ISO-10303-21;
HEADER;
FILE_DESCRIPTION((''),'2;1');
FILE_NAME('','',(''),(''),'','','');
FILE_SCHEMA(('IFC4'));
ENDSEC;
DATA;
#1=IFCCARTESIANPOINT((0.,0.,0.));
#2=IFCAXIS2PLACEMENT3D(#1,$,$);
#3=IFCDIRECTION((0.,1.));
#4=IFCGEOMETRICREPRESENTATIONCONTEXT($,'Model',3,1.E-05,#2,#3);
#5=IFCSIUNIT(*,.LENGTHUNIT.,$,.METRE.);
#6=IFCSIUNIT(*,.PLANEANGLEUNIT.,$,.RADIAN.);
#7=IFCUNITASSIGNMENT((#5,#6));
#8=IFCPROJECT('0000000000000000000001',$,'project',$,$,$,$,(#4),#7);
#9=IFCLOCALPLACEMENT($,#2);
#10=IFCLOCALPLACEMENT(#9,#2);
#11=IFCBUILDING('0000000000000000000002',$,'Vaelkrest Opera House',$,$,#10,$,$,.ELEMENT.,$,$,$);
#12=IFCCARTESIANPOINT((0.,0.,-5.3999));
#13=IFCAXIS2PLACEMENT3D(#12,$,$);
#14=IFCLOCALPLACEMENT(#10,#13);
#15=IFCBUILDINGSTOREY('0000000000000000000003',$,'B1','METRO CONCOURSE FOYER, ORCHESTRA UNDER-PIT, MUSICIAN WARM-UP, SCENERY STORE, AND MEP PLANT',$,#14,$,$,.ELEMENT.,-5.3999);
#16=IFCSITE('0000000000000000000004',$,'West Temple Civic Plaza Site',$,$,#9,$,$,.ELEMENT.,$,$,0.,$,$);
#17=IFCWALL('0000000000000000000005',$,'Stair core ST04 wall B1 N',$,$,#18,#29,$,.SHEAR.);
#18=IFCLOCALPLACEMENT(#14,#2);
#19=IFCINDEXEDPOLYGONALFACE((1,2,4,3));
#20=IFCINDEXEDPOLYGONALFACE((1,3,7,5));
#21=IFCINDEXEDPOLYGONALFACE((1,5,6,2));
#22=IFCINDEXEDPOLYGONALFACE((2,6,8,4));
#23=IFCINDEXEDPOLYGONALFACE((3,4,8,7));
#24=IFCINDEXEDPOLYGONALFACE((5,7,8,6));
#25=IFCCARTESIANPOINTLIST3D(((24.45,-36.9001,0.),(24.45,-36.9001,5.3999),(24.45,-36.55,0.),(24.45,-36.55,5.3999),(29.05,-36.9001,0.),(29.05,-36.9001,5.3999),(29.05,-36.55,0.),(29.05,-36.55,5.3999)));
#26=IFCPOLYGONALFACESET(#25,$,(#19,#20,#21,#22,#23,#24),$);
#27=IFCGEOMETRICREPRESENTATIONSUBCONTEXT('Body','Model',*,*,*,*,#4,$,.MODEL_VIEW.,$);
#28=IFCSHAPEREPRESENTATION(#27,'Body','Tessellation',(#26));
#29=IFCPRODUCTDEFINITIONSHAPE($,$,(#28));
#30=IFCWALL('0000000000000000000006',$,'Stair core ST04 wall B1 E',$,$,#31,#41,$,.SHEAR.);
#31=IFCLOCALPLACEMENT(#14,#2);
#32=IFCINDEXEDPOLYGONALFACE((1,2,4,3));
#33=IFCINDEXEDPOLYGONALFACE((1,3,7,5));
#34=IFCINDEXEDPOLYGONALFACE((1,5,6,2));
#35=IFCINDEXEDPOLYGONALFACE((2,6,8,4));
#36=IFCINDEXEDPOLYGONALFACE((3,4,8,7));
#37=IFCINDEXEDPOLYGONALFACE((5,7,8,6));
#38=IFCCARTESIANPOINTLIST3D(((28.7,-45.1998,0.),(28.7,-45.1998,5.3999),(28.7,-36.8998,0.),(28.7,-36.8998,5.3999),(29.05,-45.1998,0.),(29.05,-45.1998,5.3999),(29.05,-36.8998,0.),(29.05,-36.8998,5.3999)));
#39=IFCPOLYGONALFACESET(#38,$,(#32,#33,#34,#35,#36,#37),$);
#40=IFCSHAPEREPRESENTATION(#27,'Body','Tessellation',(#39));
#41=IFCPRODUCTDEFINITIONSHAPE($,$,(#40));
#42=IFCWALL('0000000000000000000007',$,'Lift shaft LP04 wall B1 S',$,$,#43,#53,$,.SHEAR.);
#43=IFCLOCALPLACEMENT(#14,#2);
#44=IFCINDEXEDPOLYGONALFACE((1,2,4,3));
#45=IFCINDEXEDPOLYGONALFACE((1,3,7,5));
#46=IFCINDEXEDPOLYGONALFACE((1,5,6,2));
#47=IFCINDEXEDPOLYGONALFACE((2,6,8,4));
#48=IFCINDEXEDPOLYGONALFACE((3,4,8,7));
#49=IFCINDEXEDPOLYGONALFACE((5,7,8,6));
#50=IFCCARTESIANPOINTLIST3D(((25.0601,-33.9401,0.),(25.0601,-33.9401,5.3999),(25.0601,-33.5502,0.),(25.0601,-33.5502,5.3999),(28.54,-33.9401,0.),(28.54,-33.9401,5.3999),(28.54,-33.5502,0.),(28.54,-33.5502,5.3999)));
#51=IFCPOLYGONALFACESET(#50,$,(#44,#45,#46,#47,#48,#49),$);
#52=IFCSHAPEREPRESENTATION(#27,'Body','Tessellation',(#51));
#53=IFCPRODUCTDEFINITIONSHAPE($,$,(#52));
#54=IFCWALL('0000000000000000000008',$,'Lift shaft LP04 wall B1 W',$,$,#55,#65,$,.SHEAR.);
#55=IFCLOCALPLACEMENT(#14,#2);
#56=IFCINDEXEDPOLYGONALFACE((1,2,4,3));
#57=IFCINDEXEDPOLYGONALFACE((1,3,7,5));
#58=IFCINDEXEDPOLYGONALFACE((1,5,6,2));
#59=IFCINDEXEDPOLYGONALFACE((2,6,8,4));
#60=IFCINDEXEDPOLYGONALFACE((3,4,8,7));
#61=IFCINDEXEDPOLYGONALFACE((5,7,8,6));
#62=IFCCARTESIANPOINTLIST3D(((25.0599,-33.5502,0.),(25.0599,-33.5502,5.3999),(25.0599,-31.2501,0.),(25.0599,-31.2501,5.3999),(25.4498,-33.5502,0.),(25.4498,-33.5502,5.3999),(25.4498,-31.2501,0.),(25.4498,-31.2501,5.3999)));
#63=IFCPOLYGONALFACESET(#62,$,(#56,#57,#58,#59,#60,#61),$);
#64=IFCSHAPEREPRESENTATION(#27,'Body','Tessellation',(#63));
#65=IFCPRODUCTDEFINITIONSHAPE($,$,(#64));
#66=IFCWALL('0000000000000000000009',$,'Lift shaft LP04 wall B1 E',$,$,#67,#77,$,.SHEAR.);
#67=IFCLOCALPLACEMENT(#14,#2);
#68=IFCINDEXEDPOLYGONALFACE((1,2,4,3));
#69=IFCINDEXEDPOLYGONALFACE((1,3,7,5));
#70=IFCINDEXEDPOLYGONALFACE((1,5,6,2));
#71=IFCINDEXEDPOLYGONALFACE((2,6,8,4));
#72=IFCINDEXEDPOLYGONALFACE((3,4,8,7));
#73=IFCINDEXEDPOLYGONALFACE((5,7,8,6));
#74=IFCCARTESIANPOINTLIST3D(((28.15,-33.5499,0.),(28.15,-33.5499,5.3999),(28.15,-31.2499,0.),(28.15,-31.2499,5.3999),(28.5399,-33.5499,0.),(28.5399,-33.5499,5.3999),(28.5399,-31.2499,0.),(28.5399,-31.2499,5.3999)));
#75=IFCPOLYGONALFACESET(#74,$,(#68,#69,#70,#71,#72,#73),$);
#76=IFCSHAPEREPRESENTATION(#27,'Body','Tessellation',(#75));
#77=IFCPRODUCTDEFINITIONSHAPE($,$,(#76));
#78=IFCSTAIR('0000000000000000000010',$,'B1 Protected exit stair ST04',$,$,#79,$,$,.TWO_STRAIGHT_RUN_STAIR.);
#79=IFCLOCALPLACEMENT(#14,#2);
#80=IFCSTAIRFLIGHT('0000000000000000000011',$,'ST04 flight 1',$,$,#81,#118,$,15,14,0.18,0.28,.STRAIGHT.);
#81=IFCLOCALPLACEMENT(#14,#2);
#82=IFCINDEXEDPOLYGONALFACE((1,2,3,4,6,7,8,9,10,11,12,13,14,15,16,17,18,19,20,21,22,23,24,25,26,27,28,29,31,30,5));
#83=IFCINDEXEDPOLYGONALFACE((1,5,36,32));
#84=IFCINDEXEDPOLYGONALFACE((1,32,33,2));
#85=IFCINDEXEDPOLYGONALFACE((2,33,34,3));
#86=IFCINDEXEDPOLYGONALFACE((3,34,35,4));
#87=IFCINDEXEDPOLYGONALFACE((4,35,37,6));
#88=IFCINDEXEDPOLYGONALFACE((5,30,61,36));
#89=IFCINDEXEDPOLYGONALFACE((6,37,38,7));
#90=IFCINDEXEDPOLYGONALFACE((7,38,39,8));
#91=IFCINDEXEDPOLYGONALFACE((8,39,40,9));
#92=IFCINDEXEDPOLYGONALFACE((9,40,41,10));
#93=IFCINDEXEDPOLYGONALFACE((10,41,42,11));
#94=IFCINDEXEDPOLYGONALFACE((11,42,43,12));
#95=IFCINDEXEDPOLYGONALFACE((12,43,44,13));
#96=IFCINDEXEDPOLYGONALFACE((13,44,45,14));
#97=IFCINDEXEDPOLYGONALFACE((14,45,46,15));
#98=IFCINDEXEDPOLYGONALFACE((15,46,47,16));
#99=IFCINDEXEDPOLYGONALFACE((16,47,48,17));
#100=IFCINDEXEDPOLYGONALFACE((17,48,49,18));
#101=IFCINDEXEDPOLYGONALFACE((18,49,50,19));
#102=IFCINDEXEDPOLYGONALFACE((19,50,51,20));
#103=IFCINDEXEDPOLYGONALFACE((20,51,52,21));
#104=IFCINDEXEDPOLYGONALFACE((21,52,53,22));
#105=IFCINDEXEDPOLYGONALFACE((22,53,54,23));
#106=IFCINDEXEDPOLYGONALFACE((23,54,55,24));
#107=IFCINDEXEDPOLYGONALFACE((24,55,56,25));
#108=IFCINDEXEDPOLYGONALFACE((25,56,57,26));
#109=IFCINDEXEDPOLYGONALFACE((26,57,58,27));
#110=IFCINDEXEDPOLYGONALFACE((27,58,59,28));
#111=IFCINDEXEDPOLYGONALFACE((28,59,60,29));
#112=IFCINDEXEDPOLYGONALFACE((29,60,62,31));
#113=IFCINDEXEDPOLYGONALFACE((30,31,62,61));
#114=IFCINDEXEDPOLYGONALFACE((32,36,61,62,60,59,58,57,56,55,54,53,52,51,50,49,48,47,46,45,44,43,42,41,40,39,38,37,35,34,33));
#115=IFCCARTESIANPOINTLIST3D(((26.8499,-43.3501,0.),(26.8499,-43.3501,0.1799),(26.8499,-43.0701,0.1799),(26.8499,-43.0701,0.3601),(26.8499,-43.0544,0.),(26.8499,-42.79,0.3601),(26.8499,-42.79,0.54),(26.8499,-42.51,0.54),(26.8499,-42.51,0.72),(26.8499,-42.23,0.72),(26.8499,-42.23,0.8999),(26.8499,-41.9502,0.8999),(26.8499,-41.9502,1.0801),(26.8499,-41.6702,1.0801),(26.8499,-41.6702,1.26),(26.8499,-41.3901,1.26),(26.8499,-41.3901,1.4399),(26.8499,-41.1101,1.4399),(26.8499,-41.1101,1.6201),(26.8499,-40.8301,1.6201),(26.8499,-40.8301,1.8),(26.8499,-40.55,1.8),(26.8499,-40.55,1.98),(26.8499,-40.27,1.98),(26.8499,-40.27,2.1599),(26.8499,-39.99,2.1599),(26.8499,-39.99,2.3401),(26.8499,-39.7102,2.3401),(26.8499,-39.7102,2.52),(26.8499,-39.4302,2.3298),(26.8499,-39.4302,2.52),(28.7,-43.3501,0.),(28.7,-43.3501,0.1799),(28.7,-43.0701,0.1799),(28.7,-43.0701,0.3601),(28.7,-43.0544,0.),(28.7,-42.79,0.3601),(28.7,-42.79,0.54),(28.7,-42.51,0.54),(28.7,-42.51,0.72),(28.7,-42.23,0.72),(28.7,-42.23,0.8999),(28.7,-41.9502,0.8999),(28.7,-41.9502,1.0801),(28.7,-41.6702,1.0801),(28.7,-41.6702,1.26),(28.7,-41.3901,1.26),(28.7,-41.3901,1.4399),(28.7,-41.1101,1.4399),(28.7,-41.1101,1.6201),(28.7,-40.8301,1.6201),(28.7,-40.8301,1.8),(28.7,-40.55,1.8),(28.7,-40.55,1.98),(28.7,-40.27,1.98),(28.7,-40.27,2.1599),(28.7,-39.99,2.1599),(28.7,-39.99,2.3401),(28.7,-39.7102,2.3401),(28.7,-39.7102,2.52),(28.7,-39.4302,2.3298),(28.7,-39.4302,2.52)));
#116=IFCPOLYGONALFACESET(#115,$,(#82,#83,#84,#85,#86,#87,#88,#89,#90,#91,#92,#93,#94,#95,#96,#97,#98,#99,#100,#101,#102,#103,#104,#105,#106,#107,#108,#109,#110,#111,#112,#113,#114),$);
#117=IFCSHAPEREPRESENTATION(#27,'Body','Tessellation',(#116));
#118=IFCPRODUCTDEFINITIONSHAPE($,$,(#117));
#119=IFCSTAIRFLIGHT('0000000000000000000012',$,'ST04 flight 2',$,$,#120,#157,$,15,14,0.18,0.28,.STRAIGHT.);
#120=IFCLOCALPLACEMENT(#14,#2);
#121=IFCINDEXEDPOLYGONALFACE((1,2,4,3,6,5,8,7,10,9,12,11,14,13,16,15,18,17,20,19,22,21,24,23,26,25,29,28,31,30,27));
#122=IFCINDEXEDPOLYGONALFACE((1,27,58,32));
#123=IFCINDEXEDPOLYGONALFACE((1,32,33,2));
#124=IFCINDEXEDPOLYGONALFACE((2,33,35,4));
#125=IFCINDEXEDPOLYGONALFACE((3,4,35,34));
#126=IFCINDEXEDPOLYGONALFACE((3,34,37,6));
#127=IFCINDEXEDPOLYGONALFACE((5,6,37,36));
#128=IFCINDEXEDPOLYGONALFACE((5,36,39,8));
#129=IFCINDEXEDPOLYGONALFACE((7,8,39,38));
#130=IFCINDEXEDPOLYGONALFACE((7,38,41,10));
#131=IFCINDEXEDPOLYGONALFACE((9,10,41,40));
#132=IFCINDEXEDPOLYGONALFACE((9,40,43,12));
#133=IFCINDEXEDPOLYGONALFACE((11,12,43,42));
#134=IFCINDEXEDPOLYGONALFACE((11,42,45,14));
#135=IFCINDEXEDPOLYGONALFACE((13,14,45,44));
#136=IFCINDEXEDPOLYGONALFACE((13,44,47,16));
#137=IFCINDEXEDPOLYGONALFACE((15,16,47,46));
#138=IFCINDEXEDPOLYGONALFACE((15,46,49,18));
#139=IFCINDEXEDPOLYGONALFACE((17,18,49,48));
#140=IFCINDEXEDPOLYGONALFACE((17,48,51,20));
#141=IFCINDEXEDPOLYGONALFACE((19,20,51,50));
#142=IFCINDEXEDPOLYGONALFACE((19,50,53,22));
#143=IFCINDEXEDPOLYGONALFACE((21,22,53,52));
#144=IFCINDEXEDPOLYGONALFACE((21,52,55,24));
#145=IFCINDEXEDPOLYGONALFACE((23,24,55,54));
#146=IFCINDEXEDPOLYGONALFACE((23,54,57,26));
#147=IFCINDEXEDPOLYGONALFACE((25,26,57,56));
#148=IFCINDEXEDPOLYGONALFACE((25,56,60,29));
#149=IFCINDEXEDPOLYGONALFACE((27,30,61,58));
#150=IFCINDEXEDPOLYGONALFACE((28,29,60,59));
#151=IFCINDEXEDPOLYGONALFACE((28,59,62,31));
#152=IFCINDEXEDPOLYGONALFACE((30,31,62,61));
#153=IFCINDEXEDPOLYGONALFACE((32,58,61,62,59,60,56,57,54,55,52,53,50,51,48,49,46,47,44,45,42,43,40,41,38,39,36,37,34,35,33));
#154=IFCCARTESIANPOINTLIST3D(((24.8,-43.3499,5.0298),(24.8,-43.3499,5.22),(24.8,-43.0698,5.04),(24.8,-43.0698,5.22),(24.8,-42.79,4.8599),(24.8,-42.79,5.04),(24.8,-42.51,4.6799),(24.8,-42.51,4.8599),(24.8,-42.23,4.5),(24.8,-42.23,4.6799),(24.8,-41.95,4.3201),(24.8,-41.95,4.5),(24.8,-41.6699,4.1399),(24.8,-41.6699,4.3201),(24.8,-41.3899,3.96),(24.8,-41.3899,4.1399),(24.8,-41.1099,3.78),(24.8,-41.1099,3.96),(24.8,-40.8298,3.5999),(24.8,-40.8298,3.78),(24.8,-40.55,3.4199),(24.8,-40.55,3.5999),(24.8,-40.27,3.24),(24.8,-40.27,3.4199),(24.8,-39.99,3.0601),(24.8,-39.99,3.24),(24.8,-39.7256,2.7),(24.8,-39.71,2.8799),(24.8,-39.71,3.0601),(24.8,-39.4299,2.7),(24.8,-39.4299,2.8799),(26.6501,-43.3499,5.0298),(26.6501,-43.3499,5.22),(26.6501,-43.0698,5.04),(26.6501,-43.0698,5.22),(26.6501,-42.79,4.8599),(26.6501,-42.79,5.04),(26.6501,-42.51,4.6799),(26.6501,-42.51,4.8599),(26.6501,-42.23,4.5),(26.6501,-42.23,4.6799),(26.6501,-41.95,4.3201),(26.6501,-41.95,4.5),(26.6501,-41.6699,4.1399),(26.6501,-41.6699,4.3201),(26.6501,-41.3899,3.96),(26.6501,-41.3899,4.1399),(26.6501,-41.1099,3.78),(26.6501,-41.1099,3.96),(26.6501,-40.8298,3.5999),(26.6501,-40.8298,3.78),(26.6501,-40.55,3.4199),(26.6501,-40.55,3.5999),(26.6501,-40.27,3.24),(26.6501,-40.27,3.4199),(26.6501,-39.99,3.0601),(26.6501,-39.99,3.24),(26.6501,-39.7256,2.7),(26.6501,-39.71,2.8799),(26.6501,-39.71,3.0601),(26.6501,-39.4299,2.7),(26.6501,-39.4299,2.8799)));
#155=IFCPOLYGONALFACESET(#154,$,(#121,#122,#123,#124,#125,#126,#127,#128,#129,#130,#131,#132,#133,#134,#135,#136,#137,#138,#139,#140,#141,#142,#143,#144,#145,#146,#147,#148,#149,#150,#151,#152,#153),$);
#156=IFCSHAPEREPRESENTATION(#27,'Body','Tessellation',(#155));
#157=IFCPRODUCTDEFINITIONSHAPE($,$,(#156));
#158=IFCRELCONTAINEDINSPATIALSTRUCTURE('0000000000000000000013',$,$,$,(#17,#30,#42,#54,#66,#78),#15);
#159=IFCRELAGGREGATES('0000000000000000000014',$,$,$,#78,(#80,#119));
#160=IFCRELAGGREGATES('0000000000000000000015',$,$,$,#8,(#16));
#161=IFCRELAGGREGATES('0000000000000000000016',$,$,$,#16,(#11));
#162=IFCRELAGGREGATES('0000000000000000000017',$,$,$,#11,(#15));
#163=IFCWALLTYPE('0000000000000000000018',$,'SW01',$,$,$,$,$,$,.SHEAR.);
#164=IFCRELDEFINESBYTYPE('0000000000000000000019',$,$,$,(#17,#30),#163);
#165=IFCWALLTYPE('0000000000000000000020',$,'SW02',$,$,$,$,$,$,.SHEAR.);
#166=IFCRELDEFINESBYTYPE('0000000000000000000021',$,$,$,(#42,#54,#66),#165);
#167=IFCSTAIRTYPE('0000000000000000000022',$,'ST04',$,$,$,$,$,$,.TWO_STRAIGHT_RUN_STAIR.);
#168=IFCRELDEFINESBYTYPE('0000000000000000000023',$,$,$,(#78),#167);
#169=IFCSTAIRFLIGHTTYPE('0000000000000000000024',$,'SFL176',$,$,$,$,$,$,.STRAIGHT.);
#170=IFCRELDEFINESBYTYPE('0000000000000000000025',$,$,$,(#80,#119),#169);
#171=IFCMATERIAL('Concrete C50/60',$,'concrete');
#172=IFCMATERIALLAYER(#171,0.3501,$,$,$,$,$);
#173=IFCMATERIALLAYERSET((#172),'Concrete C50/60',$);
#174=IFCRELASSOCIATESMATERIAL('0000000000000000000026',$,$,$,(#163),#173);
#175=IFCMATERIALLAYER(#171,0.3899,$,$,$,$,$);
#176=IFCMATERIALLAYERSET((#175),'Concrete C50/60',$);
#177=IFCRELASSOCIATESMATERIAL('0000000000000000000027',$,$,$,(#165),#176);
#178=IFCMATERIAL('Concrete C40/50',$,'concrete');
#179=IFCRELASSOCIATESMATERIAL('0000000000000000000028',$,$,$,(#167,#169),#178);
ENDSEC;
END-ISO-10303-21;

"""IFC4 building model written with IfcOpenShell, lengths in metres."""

from ifc_helpers import new_model, si_unit, direction, frame, frame_2d, origin, place, context, subcontext, project, spatial, polyline, rectangle, outline, extrude, material, layer, layer_set, type_object, element, aggregate, save


model = new_model("IFC4")

# Units and contexts
model_context = context("Model", 3, precision=1e-05, world=origin(), true_north=direction((0.0, 1.0)))
body_context = subcontext(model_context, "Body", "Model", "MODEL_VIEW")
ifc_project = project(units=[si_unit("LENGTHUNIT", "METRE"), si_unit("PLANEANGLEUNIT", "RADIAN")], contexts=[model_context])

# Site, building, storey
site_placement = place(None, origin())
site = spatial("IfcSite", under=ifc_project, at=site_placement, Name="West Temple Civic Plaza Site", CompositionType="ELEMENT", RefElevation=0.0)
building_placement = place(site_placement, origin())
building = spatial("IfcBuilding", under=site, at=building_placement, Name="Vaelkrest Opera House", CompositionType="ELEMENT")
storey_placement = place(building_placement, frame((0.0, 0.0, -5.3999)))
storey = spatial("IfcBuildingStorey", under=building, at=storey_placement, Name="B1", Description="METRO CONCOURSE FOYER, ORCHESTRA UNDER-PIT, MUSICIAN WARM-UP, SCENERY STORE, AND MEP PLANT", CompositionType="ELEMENT", Elevation=-5.3999)

# Shared definitions
ifc_material_1 = material(Name="Concrete C40/50", Category="concrete")

# Shared definitions
ifc_material_2 = material(Name="Concrete C50/60", Category="concrete")
ifc_layer_1 = layer(ifc_material_2, 0.3501)
ifc_layer_set_1 = layer_set([ifc_layer_1], Name="Concrete C50/60")
wall_type_1 = type_object("IfcWallType", Name="SW01", PredefinedType="SHEAR", material=ifc_layer_set_1)

# Walls
wall_1_placement = place(storey_placement, frame((24.45, -36.7251, 0.0), z_axis=(0.0, 0.0, 1.0), x_axis=(1.0, 0.0, 0.0)))
element("IfcWall", 1, at=wall_1_placement, inside=storey, type_object=wall_type_1, Name="Stair core ST04 wall B1 N", PredefinedType="SHEAR", context=body_context, shape_type="SweptSolid", body=[
    extrude(rectangle(XDim=4.6001, YDim=0.3501, at=frame_2d((2.3, 0.0))), origin(), (0.0, 0.0, 1.0), 5.3999),
])
wall_2_placement = place(storey_placement, frame((28.875, -36.8999, 0.0), z_axis=(0.0, 0.0, 1.0), x_axis=(0.0, -1.0, 0.0)))
element("IfcWall", 2, at=wall_2_placement, inside=storey, type_object=wall_type_1, Name="Stair core ST04 wall B1 E", PredefinedType="SHEAR", context=body_context, shape_type="SweptSolid", body=[
    extrude(rectangle(XDim=8.3, YDim=0.3501, at=frame_2d((4.1499, 0.0))), origin(), (0.0, 0.0, 1.0), 5.3999),
])
ifc_layer_2 = layer(ifc_material_2, 0.3899)
ifc_layer_set_2 = layer_set([ifc_layer_2], Name="Concrete C50/60")
wall_type_2 = type_object("IfcWallType", Name="SW02", PredefinedType="SHEAR", material=ifc_layer_set_2)
wall_3_placement = place(storey_placement, frame((28.54, -33.7451, 0.0), z_axis=(0.0, 0.0, 1.0), x_axis=(-1.0, 0.0, 0.0)))
element("IfcWall", 3, at=wall_3_placement, inside=storey, type_object=wall_type_2, Name="Lift shaft LP04 wall B1 S", PredefinedType="SHEAR", context=body_context, shape_type="SweptSolid", body=[
    extrude(rectangle(XDim=3.48, YDim=0.3899, at=frame_2d((1.74, 0.0))), origin(), (0.0, 0.0, 1.0), 5.3999),
])

# Walls
for number, where, z_axis, x_axis, name in (
    (4, (25.2549, -33.55, 0.0), (0.0, 0.0, 1.0), (0.0, 1.0, 0.0), "Lift shaft LP04 wall B1 W"),
    (5, (28.345, -31.25, 0.0), (0.0, 0.0, 1.0), (0.0, -1.0, 0.0), "Lift shaft LP04 wall B1 E"),
):
    element("IfcWall", number, at=place(storey_placement, frame(where, z_axis=z_axis, x_axis=x_axis)), inside=storey, type_object=wall_type_2, Name=name, PredefinedType="SHEAR", context=body_context, shape_type="SweptSolid", body=[
        extrude(rectangle(XDim=2.3, YDim=0.3899, at=frame_2d((1.1499, 0.0))), origin(), (0.0, 0.0, 1.0), 5.3999),
    ])

# Stair, stair flights
stair_type = type_object("IfcStairType", Name="ST04", PredefinedType="TWO_STRAIGHT_RUN_STAIR", material=ifc_material_1)
stair_placement = place(storey_placement, origin())
stair = element("IfcStair", 6, at=stair_placement, inside=storey, type_object=stair_type, Name="B1 Protected exit stair ST04", PredefinedType="TWO_STRAIGHT_RUN_STAIR")
stair_flight_type = type_object("IfcStairFlightType", Name="SFL176", PredefinedType="STRAIGHT", material=ifc_material_1)
stair_flight_1_placement = place(storey_placement, frame((27.7749, -43.3501, 0.0), z_axis=(0.0, 0.0, 1.0), x_axis=(0.0, 1.0, 0.0)))
stair_flight_1 = element("IfcStairFlight", 7, at=stair_flight_1_placement, type_object=stair_flight_type, Name="ST04 flight 1", NumberOfRisers=15, NumberOfTreads=14, PredefinedType="STRAIGHT", RiserHeight=0.18, TreadLength=0.28, context=body_context, shape_type="SweptSolid", body=[
    extrude(outline(polyline([(0.0, 0.0), (0.0, 0.1799), (0.28, 0.1799), (0.28, 0.3601), (0.5601, 0.3601), (0.5601, 0.54), (0.8401, 0.54), (0.8401, 0.72), (1.1201, 0.72), (1.1201, 0.8999), (1.3999, 0.8999), (1.3999, 1.0801), (1.6799, 1.0801), (1.6799, 1.26), (1.96, 1.26), (1.96, 1.4399), (2.24, 1.4399), (2.24, 1.6201), (2.52, 1.6201), (2.52, 1.8), (2.8, 1.8), (2.8, 1.98), (3.0801, 1.98), (3.0801, 2.1599), (3.3601, 2.1599), (3.3601, 2.3401), (3.6399, 2.3401), (3.6399, 2.52), (3.9199, 2.52), (3.9199, 2.7), (3.9199, 2.3298), (0.2957, 0.0), (0.0, 0.0)])), frame((0.0, 0.925, 0.0), z_axis=(0.0, -1.0, 0.0), x_axis=(1.0, 0.0, 0.0)), (0.0, 0.0, 1.0), 1.8501),
])
stair_flight_2_placement = place(storey_placement, frame((25.7251, -39.4299, 2.7), z_axis=(0.0, 0.0, 1.0), x_axis=(0.0, -1.0, 0.0)))
stair_flight_2 = element("IfcStairFlight", 8, at=stair_flight_2_placement, type_object=stair_flight_type, Name="ST04 flight 2", NumberOfRisers=15, NumberOfTreads=14, PredefinedType="STRAIGHT", RiserHeight=0.18, TreadLength=0.28, context=body_context, shape_type="SweptSolid", body=[
    extrude(outline(polyline([(0.0, 0.0), (0.0, 0.1799), (0.28, 0.1799), (0.28, 0.3601), (0.5601, 0.3601), (0.5601, 0.54), (0.8401, 0.54), (0.8401, 0.72), (1.1201, 0.72), (1.1201, 0.8999), (1.3999, 0.8999), (1.3999, 1.0801), (1.6799, 1.0801), (1.6799, 1.26), (1.96, 1.26), (1.96, 1.4399), (2.24, 1.4399), (2.24, 1.6201), (2.52, 1.6201), (2.52, 1.8), (2.8, 1.8), (2.8, 1.98), (3.0801, 1.98), (3.0801, 2.1599), (3.3601, 2.1599), (3.3601, 2.3401), (3.6399, 2.3401), (3.6399, 2.52), (3.9199, 2.52), (3.9199, 2.7), (3.9199, 2.3298), (0.2957, 0.0), (0.0, 0.0)])), frame((0.0, 0.925, 0.0), z_axis=(0.0, -1.0, 0.0), x_axis=(1.0, 0.0, 0.0)), (0.0, 0.0, 1.0), 1.8501),
])
aggregate(stair, [stair_flight_1, stair_flight_2])

save(model, "model.ifc")
